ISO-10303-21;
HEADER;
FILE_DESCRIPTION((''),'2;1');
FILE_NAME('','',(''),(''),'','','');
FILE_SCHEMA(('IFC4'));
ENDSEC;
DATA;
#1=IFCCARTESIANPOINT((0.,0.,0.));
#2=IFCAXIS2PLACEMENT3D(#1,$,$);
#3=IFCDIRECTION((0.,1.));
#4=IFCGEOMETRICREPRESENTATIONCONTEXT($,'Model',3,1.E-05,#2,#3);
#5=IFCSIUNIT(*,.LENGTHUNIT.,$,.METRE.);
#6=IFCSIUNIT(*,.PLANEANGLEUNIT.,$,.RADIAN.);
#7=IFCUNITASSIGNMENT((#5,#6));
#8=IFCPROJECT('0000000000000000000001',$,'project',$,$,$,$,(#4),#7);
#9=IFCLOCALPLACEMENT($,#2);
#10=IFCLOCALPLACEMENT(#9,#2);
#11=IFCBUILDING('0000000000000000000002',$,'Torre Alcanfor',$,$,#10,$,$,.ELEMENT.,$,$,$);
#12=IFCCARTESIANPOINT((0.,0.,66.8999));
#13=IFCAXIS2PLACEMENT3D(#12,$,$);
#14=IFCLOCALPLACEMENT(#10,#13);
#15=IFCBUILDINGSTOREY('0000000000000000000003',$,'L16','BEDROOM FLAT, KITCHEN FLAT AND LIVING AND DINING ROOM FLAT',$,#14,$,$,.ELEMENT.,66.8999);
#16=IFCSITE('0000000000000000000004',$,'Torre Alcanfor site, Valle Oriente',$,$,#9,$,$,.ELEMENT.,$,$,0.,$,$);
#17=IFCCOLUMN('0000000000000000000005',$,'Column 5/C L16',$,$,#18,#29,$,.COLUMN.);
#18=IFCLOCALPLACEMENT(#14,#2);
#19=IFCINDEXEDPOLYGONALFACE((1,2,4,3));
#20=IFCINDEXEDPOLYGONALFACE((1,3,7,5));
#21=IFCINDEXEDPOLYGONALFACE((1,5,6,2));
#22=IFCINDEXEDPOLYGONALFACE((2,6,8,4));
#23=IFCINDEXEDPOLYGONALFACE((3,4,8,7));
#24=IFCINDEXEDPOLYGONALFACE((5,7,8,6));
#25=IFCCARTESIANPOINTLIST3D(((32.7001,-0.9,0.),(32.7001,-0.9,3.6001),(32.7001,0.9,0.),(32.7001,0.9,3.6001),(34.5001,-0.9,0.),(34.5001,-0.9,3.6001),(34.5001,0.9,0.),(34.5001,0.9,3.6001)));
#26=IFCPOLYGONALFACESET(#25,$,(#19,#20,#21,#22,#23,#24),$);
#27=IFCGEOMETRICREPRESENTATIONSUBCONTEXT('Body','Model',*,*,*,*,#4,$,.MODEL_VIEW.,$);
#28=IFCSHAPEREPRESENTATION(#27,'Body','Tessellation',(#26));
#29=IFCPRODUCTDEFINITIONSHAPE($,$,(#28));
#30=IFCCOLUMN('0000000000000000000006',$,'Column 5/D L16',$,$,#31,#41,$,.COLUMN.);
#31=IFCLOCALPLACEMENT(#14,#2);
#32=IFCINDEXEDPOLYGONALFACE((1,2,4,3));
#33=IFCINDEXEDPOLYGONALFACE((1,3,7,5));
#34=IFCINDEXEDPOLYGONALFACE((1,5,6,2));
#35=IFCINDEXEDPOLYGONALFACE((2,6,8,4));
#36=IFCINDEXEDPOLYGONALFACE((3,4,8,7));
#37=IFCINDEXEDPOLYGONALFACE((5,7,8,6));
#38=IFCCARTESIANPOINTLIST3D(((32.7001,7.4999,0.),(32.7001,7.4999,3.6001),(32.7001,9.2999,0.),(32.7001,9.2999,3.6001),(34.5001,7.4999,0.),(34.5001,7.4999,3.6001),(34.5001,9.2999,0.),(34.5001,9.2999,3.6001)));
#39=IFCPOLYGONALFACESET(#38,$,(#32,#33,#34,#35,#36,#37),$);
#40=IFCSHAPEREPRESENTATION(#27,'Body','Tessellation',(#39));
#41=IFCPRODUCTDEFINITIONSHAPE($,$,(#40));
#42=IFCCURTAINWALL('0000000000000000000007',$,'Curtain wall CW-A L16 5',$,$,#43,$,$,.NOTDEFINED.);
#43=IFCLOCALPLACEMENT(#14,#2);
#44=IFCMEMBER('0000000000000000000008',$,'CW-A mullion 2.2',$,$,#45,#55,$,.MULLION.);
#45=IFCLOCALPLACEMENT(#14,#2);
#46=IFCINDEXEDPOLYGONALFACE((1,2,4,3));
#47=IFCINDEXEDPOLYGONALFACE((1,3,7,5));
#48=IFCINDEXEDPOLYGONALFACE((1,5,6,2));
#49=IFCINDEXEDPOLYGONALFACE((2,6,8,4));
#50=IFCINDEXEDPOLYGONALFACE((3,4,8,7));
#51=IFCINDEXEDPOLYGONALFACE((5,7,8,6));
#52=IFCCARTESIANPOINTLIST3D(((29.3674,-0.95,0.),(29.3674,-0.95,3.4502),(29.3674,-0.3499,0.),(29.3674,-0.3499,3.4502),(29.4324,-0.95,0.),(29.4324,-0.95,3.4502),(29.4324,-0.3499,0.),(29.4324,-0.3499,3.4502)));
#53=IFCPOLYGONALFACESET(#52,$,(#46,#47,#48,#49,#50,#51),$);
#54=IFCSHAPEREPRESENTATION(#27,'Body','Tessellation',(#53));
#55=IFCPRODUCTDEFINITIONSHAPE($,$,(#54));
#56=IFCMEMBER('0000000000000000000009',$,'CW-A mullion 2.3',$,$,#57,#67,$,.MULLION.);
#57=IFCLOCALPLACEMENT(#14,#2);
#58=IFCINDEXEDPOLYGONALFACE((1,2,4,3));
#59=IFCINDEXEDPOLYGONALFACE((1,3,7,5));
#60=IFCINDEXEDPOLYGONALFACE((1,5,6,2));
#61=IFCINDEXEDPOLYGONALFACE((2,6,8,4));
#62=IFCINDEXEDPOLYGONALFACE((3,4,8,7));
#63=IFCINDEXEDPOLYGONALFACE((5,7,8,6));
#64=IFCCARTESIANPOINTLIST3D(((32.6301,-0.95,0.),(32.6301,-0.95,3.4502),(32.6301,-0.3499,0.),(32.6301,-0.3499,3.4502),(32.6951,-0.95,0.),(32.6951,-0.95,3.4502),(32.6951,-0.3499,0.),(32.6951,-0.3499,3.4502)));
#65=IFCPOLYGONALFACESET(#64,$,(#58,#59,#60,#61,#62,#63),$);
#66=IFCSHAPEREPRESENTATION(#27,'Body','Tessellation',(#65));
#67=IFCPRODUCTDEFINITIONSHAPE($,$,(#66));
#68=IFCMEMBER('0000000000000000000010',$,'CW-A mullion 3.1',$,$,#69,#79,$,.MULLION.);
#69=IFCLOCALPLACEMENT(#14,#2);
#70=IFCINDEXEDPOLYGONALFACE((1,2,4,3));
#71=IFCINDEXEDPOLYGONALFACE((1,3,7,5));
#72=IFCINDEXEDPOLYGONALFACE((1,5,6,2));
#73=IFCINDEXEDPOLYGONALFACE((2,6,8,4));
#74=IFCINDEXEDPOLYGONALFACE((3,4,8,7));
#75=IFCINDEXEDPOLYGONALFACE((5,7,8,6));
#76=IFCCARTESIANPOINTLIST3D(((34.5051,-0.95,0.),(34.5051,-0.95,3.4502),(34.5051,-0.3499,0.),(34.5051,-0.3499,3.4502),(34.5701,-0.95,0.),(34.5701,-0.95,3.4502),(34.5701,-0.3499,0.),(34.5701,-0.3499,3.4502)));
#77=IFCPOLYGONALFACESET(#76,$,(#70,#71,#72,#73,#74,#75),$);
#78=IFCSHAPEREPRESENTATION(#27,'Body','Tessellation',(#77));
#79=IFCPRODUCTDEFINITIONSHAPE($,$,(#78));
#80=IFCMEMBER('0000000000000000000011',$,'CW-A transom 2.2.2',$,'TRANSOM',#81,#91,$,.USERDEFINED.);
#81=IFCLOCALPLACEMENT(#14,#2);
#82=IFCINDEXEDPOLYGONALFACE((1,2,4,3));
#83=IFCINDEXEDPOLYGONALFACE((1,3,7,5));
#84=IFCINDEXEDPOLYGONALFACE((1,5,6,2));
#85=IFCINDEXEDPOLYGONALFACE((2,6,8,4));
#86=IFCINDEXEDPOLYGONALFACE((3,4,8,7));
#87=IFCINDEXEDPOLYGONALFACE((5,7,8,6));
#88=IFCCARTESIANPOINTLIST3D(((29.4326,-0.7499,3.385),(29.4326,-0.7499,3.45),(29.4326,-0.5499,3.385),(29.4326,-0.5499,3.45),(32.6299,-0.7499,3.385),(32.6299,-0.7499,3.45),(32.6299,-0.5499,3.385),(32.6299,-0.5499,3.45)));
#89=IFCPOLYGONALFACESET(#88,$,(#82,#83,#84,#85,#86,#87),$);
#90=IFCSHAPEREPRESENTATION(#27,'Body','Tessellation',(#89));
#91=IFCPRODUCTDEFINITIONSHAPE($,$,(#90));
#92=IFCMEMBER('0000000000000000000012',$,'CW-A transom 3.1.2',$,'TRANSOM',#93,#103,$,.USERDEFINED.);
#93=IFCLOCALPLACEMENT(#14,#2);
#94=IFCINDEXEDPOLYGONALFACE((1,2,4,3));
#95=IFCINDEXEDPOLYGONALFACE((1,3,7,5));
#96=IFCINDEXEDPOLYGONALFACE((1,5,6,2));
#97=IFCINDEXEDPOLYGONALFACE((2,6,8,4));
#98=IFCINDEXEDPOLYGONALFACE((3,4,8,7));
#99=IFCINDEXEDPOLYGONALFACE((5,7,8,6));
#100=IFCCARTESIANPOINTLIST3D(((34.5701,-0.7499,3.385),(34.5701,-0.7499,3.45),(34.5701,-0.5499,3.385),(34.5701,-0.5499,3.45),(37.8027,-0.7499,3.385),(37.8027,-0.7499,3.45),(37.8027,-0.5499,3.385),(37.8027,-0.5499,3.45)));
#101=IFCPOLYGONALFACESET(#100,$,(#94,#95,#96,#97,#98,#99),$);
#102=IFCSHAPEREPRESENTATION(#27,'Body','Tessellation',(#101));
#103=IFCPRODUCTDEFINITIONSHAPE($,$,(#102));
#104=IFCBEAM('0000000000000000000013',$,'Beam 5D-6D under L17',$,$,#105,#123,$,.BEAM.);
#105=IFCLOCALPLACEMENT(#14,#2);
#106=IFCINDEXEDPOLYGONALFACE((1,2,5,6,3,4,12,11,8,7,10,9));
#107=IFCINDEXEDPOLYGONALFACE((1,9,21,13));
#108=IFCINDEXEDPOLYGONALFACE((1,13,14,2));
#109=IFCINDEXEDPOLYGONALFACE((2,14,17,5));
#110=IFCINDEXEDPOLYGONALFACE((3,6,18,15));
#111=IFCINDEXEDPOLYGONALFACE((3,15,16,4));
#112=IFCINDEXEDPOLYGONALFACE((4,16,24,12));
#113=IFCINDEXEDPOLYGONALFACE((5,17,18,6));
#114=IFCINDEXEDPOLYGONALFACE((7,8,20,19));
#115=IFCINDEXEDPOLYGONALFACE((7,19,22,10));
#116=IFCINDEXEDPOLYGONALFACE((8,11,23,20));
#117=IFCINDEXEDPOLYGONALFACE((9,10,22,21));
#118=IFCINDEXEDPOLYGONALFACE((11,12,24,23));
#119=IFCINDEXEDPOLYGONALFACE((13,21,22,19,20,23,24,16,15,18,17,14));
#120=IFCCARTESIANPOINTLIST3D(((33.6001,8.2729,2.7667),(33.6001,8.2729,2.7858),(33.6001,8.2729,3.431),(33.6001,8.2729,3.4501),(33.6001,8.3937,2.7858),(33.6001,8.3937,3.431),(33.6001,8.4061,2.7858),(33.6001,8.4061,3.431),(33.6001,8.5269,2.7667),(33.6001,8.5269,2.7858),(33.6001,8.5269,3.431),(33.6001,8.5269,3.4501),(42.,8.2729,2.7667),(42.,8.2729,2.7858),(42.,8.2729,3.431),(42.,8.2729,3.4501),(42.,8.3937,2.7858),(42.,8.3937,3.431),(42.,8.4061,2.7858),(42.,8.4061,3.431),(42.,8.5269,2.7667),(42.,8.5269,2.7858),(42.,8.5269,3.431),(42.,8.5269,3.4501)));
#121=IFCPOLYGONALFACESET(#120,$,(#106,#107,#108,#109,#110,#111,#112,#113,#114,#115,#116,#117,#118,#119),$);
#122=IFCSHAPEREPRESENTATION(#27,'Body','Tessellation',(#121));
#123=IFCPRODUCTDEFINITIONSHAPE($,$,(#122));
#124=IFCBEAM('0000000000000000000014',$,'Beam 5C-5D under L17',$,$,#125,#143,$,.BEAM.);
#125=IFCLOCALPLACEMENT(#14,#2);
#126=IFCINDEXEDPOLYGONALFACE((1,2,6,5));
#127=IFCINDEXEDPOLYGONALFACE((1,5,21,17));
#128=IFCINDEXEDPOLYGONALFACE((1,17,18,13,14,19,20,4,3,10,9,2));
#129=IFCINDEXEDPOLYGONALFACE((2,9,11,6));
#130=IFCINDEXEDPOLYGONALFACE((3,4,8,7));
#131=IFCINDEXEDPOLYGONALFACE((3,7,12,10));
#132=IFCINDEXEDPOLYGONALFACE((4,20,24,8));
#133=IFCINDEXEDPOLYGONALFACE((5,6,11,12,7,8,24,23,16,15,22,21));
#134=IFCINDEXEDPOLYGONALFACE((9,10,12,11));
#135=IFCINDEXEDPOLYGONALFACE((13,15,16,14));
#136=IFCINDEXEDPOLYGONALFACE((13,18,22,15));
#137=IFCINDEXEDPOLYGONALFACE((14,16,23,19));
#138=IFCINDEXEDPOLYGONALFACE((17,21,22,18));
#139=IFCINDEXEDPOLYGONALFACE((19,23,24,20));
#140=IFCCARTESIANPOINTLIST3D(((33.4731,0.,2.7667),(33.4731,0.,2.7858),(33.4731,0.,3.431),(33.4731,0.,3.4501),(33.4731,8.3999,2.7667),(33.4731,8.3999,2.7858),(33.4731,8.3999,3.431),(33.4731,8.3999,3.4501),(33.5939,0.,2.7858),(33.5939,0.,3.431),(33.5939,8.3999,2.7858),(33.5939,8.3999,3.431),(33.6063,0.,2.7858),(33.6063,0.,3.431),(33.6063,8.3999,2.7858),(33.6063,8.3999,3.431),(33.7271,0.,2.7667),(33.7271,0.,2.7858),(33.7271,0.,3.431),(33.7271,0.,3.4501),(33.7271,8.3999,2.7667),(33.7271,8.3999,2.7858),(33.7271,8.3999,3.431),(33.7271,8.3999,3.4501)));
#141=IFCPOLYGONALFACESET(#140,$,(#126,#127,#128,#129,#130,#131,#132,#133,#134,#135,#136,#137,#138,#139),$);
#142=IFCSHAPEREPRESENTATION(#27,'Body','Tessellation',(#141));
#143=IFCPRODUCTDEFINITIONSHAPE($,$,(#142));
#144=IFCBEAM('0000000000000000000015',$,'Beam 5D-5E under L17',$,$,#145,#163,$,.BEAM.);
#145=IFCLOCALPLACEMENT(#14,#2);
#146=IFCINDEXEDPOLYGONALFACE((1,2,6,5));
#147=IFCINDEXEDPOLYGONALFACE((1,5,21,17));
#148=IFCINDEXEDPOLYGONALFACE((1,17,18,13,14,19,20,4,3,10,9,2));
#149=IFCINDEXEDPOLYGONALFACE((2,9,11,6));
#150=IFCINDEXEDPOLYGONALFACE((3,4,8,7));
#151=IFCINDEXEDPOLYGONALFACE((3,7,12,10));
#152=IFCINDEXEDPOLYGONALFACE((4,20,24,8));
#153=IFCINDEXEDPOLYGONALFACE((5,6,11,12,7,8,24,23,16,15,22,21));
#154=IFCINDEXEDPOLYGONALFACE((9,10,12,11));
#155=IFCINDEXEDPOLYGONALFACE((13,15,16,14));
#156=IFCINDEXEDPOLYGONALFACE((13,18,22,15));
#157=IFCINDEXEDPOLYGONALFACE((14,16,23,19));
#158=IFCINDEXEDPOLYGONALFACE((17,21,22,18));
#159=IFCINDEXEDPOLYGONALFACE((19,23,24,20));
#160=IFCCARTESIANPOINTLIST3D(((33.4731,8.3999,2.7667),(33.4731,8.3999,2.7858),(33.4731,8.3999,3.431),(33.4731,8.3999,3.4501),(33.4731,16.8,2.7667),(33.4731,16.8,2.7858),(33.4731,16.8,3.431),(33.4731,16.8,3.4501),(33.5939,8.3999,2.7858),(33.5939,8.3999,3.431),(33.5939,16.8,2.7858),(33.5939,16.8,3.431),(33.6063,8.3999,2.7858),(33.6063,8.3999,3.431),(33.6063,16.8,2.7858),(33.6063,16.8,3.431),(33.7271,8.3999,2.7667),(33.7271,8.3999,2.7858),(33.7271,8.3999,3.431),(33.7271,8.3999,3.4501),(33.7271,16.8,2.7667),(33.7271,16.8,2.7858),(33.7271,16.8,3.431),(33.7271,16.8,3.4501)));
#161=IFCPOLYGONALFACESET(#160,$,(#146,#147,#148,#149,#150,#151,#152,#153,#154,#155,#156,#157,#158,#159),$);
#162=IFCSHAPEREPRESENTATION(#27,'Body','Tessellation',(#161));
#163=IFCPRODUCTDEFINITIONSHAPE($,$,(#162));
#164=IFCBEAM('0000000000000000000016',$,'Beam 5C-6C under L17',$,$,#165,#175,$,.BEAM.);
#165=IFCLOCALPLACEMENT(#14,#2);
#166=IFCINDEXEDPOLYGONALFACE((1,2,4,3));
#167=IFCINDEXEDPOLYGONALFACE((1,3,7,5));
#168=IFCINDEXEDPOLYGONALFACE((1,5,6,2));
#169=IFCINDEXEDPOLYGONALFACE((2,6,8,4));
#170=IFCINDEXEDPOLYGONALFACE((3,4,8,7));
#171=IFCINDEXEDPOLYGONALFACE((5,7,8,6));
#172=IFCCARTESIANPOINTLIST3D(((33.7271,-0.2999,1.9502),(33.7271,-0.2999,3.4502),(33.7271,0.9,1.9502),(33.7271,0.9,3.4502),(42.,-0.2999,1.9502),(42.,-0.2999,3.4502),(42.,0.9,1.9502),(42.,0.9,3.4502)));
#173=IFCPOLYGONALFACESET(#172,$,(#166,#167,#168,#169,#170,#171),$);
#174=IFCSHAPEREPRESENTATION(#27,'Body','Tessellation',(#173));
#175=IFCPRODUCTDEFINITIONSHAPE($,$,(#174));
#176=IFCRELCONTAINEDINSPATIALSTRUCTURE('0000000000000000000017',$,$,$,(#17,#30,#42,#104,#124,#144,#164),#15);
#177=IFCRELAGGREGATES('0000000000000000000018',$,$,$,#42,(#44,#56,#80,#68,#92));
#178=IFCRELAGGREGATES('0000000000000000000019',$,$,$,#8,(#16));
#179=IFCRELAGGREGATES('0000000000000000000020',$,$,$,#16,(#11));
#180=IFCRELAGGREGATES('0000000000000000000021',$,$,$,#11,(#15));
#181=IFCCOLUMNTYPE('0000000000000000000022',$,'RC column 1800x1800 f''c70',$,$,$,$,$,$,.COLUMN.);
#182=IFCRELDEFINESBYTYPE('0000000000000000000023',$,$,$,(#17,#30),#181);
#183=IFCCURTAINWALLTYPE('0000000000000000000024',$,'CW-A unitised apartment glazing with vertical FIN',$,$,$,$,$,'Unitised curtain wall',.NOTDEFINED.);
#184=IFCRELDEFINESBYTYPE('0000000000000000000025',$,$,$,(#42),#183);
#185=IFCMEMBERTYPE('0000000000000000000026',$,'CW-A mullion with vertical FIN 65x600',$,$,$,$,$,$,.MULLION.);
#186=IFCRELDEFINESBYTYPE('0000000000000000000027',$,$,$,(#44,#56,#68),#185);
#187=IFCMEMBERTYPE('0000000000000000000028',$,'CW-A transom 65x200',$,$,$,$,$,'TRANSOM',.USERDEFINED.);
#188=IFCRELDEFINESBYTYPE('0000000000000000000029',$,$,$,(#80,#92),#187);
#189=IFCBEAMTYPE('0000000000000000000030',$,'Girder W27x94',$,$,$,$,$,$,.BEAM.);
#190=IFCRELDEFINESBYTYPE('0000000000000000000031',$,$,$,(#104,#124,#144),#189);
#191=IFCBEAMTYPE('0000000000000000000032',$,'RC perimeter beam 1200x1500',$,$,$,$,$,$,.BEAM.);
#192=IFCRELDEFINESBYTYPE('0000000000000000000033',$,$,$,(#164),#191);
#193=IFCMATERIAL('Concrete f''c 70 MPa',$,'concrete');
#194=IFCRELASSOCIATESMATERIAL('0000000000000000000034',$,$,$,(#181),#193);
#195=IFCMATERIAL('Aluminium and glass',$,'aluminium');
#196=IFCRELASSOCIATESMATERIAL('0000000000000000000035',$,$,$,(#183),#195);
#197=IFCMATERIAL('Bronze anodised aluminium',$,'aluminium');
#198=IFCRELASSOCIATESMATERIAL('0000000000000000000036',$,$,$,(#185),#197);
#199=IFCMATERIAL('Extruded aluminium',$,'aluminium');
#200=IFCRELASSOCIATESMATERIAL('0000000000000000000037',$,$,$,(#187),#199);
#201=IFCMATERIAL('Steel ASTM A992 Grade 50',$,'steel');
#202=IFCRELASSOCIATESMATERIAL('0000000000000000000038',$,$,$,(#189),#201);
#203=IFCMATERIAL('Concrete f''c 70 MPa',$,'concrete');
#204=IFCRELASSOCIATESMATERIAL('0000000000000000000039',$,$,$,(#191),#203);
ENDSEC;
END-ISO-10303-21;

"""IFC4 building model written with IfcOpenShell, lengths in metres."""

from ifc_helpers import new_model, si_unit, direction, frame, origin, origin_2d, place, context, subcontext, project, spatial, rectangle, i_section, extrude, material, material_profile, profile_set, type_object, element, aggregate, save


model = new_model("IFC4")

# Units and contexts
model_context = context("Model", 3, precision=1e-05, world=origin(), true_north=direction((0.0, 1.0)))
body_context = subcontext(model_context, "Body", "Model", "MODEL_VIEW")
ifc_project = project(units=[si_unit("LENGTHUNIT", "METRE"), si_unit("PLANEANGLEUNIT", "RADIAN")], contexts=[model_context])

# Site, building, storey
site_placement = place(None, origin())
site = spatial("IfcSite", under=ifc_project, at=site_placement, Name="Torre Alcanfor site, Valle Oriente", CompositionType="ELEMENT", RefElevation=0.0)
building_placement = place(site_placement, origin())
building = spatial("IfcBuilding", under=site, at=building_placement, Name="Torre Alcanfor", CompositionType="ELEMENT")
storey_placement = place(building_placement, frame((0.0, 0.0, 66.8999)))
storey = spatial("IfcBuildingStorey", under=building, at=storey_placement, Name="L16", Description="BEDROOM FLAT, KITCHEN FLAT AND LIVING AND DINING ROOM FLAT", CompositionType="ELEMENT", Elevation=66.8999)

# Columns
ifc_material_1 = material(Name="Concrete f'c 70 MPa", Category="concrete")
ifc_material_profile_1 = material_profile(ifc_material_1, rectangle(XDim=1.8, YDim=1.8, at=origin_2d()), Name="1800x1800")
ifc_profile_set_1 = profile_set([ifc_material_profile_1], Name="Concrete f'c 70 MPa")
column_type = type_object("IfcColumnType", Name="RC column 1800x1800 f'c70", PredefinedType="COLUMN", material=ifc_profile_set_1)
for number, where, z_axis, x_axis, name in (
    (1, (33.6001, 0.0, 0.0), (0.0, 0.0, 1.0), (1.0, 0.0, 0.0), "Column 5/C L16"),
    (2, (33.6001, 8.3999, 0.0), (0.0, 0.0, 1.0), (1.0, 0.0, 0.0), "Column 5/D L16"),
):
    element("IfcColumn", number, at=place(storey_placement, frame(where, z_axis=z_axis, x_axis=x_axis)), inside=storey, type_object=column_type, Name=name, PredefinedType="COLUMN", context=body_context, shape_type="SweptSolid", body=[
        extrude(rectangle(XDim=1.8, YDim=1.8, at=origin_2d()), origin(), (0.0, 0.0, 1.0), 3.6001),
    ])

# Curtain wall, members
ifc_material_2 = material(Name="Aluminium and glass", Category="aluminium")
curtain_wall_type = type_object("IfcCurtainWallType", Name="CW-A unitised apartment glazing with vertical FIN", ElementType="Unitised curtain wall", PredefinedType="NOTDEFINED", material=ifc_material_2)
curtain_wall_placement = place(storey_placement, origin())
curtain_wall = element("IfcCurtainWall", 3, at=curtain_wall_placement, inside=storey, type_object=curtain_wall_type, Name="Curtain wall CW-A L16 5", PredefinedType="NOTDEFINED")
ifc_material_3 = material(Name="Bronze anodised aluminium", Category="aluminium")
ifc_material_profile_2 = material_profile(ifc_material_3, rectangle(XDim=0.6001, YDim=0.0649, at=origin_2d()), Name="CW-A mullion 65x600")
ifc_profile_set_2 = profile_set([ifc_material_profile_2], Name="Bronze anodised aluminium")
member_type_1 = type_object("IfcMemberType", Name="CW-A mullion with vertical FIN 65x600", PredefinedType="MULLION", material=ifc_profile_set_2)
member_1_placement = place(storey_placement, frame((29.3999, -0.6499, 0.0), z_axis=(0.0, 0.0, 1.0), x_axis=(0.0, 1.0, 0.0)))
member_1 = element("IfcMember", 4, at=member_1_placement, type_object=member_type_1, Name="CW-A mullion 2.2", PredefinedType="MULLION", context=body_context, shape_type="SweptSolid", body=[
    extrude(rectangle(XDim=0.6001, YDim=0.0649, at=origin_2d()), origin(), (0.0, 0.0, 1.0), 3.4502),
])
member_2_placement = place(storey_placement, frame((32.6626, -0.6499, 0.0), z_axis=(0.0, 0.0, 1.0), x_axis=(0.0, 1.0, 0.0)))
member_2 = element("IfcMember", 5, at=member_2_placement, type_object=member_type_1, Name="CW-A mullion 2.3", PredefinedType="MULLION", context=body_context, shape_type="SweptSolid", body=[
    extrude(rectangle(XDim=0.6001, YDim=0.0649, at=origin_2d()), origin(), (0.0, 0.0, 1.0), 3.4502),
])
member_3_placement = place(storey_placement, frame((34.5376, -0.6499, 0.0), z_axis=(0.0, 0.0, 1.0), x_axis=(0.0, 1.0, 0.0)))
member_3 = element("IfcMember", 6, at=member_3_placement, type_object=member_type_1, Name="CW-A mullion 3.1", PredefinedType="MULLION", context=body_context, shape_type="SweptSolid", body=[
    extrude(rectangle(XDim=0.6001, YDim=0.0649, at=origin_2d()), origin(), (0.0, 0.0, 1.0), 3.4502),
])
ifc_material_4 = material(Name="Extruded aluminium", Category="aluminium")
ifc_material_profile_3 = material_profile(ifc_material_4, rectangle(XDim=0.2, YDim=0.0649, at=origin_2d()), Name="CW-A transom 200x65")
ifc_profile_set_3 = profile_set([ifc_material_profile_3], Name="Extruded aluminium")
member_type_2 = type_object("IfcMemberType", Name="CW-A transom 65x200", ElementType="TRANSOM", PredefinedType="USERDEFINED", material=ifc_profile_set_3)
member_4_placement = place(storey_placement, frame((29.4326, -0.6499, 3.4175), z_axis=(1.0, 0.0, 0.0), x_axis=(0.0, 1.0, 0.0)))
member_4 = element("IfcMember", 7, at=member_4_placement, type_object=member_type_2, Name="CW-A transom 2.2.2", ObjectType="TRANSOM", PredefinedType="USERDEFINED", context=body_context, shape_type="SweptSolid", body=[
    extrude(rectangle(XDim=0.2, YDim=0.0649, at=origin_2d()), origin(), (0.0, 0.0, 1.0), 3.1973),
])
member_5_placement = place(storey_placement, frame((34.5701, -0.6499, 3.4175), z_axis=(1.0, 0.0, 0.0), x_axis=(0.0, 1.0, 0.0)))
member_5 = element("IfcMember", 8, at=member_5_placement, type_object=member_type_2, Name="CW-A transom 3.1.2", ObjectType="TRANSOM", PredefinedType="USERDEFINED", context=body_context, shape_type="SweptSolid", body=[
    extrude(rectangle(XDim=0.2, YDim=0.0649, at=origin_2d()), origin(), (0.0, 0.0, 1.0), 3.2327),
])

# Beams
ifc_material_5 = material(Name="Steel ASTM A992 Grade 50", Category="steel")
ifc_material_profile_4 = material_profile(ifc_material_5, i_section(OverallWidth=0.2539, OverallDepth=0.6833, WebThickness=0.0125, FlangeThickness=0.019, at=origin_2d()), Name="W27x94")
ifc_profile_set_4 = profile_set([ifc_material_profile_4], Name="Steel ASTM A992 Grade 50")
beam_type_1 = type_object("IfcBeamType", Name="Girder W27x94", PredefinedType="BEAM", material=ifc_profile_set_4)
for number, where, z_axis, x_axis, name in (
    (9, (33.6001, 8.3999, 3.1084), (1.0, 0.0, 0.0), (0.0, 1.0, 0.0), "Beam 5D-6D under L17"),
    (10, (33.6001, 0.0, 3.1084), (0.0, 1.0, 0.0), (-1.0, 0.0, 0.0), "Beam 5C-5D under L17"),
):
    element("IfcBeam", number, at=place(storey_placement, frame(where, z_axis=z_axis, x_axis=x_axis)), inside=storey, type_object=beam_type_1, Name=name, PredefinedType="BEAM", context=body_context, shape_type="SweptSolid", body=[
        extrude(i_section(OverallWidth=0.2539, OverallDepth=0.6833, WebThickness=0.0125, FlangeThickness=0.019, at=origin_2d()), origin(), (0.0, 0.0, 1.0), 8.3999),
    ])
beam_1_placement = place(storey_placement, frame((33.6001, 8.3999, 3.1084), z_axis=(0.0, 1.0, 0.0), x_axis=(-1.0, 0.0, 0.0)))
element("IfcBeam", 11, at=beam_1_placement, inside=storey, type_object=beam_type_1, Name="Beam 5D-5E under L17", PredefinedType="BEAM", context=body_context, shape_type="SweptSolid", body=[
    extrude(i_section(OverallWidth=0.2539, OverallDepth=0.6833, WebThickness=0.0125, FlangeThickness=0.019, at=origin_2d()), origin(), (0.0, 0.0, 1.0), 8.4001),
])
ifc_material_6 = material(Name="Concrete f'c 70 MPa", Category="concrete")
ifc_material_profile_5 = material_profile(ifc_material_6, rectangle(XDim=1.2, YDim=1.5, at=origin_2d()), Name="1200x1500")
ifc_profile_set_5 = profile_set([ifc_material_profile_5], Name="Concrete f'c 70 MPa")
beam_type_2 = type_object("IfcBeamType", Name="RC perimeter beam 1200x1500", PredefinedType="BEAM", material=ifc_profile_set_5)
beam_2_placement = place(storey_placement, frame((33.7271, 0.3, 2.7002), z_axis=(1.0, 0.0, 0.0), x_axis=(0.0, 1.0, 0.0)))
element("IfcBeam", 12, at=beam_2_placement, inside=storey, type_object=beam_type_2, Name="Beam 5C-6C under L17", PredefinedType="BEAM", context=body_context, shape_type="SweptSolid", body=[
    extrude(rectangle(XDim=1.2, YDim=1.5, at=origin_2d()), origin(), (0.0, 0.0, 1.0), 8.2729),
])

aggregate(curtain_wall, [member_1, member_2, member_4, member_3, member_5])

save(model, "model.ifc")
